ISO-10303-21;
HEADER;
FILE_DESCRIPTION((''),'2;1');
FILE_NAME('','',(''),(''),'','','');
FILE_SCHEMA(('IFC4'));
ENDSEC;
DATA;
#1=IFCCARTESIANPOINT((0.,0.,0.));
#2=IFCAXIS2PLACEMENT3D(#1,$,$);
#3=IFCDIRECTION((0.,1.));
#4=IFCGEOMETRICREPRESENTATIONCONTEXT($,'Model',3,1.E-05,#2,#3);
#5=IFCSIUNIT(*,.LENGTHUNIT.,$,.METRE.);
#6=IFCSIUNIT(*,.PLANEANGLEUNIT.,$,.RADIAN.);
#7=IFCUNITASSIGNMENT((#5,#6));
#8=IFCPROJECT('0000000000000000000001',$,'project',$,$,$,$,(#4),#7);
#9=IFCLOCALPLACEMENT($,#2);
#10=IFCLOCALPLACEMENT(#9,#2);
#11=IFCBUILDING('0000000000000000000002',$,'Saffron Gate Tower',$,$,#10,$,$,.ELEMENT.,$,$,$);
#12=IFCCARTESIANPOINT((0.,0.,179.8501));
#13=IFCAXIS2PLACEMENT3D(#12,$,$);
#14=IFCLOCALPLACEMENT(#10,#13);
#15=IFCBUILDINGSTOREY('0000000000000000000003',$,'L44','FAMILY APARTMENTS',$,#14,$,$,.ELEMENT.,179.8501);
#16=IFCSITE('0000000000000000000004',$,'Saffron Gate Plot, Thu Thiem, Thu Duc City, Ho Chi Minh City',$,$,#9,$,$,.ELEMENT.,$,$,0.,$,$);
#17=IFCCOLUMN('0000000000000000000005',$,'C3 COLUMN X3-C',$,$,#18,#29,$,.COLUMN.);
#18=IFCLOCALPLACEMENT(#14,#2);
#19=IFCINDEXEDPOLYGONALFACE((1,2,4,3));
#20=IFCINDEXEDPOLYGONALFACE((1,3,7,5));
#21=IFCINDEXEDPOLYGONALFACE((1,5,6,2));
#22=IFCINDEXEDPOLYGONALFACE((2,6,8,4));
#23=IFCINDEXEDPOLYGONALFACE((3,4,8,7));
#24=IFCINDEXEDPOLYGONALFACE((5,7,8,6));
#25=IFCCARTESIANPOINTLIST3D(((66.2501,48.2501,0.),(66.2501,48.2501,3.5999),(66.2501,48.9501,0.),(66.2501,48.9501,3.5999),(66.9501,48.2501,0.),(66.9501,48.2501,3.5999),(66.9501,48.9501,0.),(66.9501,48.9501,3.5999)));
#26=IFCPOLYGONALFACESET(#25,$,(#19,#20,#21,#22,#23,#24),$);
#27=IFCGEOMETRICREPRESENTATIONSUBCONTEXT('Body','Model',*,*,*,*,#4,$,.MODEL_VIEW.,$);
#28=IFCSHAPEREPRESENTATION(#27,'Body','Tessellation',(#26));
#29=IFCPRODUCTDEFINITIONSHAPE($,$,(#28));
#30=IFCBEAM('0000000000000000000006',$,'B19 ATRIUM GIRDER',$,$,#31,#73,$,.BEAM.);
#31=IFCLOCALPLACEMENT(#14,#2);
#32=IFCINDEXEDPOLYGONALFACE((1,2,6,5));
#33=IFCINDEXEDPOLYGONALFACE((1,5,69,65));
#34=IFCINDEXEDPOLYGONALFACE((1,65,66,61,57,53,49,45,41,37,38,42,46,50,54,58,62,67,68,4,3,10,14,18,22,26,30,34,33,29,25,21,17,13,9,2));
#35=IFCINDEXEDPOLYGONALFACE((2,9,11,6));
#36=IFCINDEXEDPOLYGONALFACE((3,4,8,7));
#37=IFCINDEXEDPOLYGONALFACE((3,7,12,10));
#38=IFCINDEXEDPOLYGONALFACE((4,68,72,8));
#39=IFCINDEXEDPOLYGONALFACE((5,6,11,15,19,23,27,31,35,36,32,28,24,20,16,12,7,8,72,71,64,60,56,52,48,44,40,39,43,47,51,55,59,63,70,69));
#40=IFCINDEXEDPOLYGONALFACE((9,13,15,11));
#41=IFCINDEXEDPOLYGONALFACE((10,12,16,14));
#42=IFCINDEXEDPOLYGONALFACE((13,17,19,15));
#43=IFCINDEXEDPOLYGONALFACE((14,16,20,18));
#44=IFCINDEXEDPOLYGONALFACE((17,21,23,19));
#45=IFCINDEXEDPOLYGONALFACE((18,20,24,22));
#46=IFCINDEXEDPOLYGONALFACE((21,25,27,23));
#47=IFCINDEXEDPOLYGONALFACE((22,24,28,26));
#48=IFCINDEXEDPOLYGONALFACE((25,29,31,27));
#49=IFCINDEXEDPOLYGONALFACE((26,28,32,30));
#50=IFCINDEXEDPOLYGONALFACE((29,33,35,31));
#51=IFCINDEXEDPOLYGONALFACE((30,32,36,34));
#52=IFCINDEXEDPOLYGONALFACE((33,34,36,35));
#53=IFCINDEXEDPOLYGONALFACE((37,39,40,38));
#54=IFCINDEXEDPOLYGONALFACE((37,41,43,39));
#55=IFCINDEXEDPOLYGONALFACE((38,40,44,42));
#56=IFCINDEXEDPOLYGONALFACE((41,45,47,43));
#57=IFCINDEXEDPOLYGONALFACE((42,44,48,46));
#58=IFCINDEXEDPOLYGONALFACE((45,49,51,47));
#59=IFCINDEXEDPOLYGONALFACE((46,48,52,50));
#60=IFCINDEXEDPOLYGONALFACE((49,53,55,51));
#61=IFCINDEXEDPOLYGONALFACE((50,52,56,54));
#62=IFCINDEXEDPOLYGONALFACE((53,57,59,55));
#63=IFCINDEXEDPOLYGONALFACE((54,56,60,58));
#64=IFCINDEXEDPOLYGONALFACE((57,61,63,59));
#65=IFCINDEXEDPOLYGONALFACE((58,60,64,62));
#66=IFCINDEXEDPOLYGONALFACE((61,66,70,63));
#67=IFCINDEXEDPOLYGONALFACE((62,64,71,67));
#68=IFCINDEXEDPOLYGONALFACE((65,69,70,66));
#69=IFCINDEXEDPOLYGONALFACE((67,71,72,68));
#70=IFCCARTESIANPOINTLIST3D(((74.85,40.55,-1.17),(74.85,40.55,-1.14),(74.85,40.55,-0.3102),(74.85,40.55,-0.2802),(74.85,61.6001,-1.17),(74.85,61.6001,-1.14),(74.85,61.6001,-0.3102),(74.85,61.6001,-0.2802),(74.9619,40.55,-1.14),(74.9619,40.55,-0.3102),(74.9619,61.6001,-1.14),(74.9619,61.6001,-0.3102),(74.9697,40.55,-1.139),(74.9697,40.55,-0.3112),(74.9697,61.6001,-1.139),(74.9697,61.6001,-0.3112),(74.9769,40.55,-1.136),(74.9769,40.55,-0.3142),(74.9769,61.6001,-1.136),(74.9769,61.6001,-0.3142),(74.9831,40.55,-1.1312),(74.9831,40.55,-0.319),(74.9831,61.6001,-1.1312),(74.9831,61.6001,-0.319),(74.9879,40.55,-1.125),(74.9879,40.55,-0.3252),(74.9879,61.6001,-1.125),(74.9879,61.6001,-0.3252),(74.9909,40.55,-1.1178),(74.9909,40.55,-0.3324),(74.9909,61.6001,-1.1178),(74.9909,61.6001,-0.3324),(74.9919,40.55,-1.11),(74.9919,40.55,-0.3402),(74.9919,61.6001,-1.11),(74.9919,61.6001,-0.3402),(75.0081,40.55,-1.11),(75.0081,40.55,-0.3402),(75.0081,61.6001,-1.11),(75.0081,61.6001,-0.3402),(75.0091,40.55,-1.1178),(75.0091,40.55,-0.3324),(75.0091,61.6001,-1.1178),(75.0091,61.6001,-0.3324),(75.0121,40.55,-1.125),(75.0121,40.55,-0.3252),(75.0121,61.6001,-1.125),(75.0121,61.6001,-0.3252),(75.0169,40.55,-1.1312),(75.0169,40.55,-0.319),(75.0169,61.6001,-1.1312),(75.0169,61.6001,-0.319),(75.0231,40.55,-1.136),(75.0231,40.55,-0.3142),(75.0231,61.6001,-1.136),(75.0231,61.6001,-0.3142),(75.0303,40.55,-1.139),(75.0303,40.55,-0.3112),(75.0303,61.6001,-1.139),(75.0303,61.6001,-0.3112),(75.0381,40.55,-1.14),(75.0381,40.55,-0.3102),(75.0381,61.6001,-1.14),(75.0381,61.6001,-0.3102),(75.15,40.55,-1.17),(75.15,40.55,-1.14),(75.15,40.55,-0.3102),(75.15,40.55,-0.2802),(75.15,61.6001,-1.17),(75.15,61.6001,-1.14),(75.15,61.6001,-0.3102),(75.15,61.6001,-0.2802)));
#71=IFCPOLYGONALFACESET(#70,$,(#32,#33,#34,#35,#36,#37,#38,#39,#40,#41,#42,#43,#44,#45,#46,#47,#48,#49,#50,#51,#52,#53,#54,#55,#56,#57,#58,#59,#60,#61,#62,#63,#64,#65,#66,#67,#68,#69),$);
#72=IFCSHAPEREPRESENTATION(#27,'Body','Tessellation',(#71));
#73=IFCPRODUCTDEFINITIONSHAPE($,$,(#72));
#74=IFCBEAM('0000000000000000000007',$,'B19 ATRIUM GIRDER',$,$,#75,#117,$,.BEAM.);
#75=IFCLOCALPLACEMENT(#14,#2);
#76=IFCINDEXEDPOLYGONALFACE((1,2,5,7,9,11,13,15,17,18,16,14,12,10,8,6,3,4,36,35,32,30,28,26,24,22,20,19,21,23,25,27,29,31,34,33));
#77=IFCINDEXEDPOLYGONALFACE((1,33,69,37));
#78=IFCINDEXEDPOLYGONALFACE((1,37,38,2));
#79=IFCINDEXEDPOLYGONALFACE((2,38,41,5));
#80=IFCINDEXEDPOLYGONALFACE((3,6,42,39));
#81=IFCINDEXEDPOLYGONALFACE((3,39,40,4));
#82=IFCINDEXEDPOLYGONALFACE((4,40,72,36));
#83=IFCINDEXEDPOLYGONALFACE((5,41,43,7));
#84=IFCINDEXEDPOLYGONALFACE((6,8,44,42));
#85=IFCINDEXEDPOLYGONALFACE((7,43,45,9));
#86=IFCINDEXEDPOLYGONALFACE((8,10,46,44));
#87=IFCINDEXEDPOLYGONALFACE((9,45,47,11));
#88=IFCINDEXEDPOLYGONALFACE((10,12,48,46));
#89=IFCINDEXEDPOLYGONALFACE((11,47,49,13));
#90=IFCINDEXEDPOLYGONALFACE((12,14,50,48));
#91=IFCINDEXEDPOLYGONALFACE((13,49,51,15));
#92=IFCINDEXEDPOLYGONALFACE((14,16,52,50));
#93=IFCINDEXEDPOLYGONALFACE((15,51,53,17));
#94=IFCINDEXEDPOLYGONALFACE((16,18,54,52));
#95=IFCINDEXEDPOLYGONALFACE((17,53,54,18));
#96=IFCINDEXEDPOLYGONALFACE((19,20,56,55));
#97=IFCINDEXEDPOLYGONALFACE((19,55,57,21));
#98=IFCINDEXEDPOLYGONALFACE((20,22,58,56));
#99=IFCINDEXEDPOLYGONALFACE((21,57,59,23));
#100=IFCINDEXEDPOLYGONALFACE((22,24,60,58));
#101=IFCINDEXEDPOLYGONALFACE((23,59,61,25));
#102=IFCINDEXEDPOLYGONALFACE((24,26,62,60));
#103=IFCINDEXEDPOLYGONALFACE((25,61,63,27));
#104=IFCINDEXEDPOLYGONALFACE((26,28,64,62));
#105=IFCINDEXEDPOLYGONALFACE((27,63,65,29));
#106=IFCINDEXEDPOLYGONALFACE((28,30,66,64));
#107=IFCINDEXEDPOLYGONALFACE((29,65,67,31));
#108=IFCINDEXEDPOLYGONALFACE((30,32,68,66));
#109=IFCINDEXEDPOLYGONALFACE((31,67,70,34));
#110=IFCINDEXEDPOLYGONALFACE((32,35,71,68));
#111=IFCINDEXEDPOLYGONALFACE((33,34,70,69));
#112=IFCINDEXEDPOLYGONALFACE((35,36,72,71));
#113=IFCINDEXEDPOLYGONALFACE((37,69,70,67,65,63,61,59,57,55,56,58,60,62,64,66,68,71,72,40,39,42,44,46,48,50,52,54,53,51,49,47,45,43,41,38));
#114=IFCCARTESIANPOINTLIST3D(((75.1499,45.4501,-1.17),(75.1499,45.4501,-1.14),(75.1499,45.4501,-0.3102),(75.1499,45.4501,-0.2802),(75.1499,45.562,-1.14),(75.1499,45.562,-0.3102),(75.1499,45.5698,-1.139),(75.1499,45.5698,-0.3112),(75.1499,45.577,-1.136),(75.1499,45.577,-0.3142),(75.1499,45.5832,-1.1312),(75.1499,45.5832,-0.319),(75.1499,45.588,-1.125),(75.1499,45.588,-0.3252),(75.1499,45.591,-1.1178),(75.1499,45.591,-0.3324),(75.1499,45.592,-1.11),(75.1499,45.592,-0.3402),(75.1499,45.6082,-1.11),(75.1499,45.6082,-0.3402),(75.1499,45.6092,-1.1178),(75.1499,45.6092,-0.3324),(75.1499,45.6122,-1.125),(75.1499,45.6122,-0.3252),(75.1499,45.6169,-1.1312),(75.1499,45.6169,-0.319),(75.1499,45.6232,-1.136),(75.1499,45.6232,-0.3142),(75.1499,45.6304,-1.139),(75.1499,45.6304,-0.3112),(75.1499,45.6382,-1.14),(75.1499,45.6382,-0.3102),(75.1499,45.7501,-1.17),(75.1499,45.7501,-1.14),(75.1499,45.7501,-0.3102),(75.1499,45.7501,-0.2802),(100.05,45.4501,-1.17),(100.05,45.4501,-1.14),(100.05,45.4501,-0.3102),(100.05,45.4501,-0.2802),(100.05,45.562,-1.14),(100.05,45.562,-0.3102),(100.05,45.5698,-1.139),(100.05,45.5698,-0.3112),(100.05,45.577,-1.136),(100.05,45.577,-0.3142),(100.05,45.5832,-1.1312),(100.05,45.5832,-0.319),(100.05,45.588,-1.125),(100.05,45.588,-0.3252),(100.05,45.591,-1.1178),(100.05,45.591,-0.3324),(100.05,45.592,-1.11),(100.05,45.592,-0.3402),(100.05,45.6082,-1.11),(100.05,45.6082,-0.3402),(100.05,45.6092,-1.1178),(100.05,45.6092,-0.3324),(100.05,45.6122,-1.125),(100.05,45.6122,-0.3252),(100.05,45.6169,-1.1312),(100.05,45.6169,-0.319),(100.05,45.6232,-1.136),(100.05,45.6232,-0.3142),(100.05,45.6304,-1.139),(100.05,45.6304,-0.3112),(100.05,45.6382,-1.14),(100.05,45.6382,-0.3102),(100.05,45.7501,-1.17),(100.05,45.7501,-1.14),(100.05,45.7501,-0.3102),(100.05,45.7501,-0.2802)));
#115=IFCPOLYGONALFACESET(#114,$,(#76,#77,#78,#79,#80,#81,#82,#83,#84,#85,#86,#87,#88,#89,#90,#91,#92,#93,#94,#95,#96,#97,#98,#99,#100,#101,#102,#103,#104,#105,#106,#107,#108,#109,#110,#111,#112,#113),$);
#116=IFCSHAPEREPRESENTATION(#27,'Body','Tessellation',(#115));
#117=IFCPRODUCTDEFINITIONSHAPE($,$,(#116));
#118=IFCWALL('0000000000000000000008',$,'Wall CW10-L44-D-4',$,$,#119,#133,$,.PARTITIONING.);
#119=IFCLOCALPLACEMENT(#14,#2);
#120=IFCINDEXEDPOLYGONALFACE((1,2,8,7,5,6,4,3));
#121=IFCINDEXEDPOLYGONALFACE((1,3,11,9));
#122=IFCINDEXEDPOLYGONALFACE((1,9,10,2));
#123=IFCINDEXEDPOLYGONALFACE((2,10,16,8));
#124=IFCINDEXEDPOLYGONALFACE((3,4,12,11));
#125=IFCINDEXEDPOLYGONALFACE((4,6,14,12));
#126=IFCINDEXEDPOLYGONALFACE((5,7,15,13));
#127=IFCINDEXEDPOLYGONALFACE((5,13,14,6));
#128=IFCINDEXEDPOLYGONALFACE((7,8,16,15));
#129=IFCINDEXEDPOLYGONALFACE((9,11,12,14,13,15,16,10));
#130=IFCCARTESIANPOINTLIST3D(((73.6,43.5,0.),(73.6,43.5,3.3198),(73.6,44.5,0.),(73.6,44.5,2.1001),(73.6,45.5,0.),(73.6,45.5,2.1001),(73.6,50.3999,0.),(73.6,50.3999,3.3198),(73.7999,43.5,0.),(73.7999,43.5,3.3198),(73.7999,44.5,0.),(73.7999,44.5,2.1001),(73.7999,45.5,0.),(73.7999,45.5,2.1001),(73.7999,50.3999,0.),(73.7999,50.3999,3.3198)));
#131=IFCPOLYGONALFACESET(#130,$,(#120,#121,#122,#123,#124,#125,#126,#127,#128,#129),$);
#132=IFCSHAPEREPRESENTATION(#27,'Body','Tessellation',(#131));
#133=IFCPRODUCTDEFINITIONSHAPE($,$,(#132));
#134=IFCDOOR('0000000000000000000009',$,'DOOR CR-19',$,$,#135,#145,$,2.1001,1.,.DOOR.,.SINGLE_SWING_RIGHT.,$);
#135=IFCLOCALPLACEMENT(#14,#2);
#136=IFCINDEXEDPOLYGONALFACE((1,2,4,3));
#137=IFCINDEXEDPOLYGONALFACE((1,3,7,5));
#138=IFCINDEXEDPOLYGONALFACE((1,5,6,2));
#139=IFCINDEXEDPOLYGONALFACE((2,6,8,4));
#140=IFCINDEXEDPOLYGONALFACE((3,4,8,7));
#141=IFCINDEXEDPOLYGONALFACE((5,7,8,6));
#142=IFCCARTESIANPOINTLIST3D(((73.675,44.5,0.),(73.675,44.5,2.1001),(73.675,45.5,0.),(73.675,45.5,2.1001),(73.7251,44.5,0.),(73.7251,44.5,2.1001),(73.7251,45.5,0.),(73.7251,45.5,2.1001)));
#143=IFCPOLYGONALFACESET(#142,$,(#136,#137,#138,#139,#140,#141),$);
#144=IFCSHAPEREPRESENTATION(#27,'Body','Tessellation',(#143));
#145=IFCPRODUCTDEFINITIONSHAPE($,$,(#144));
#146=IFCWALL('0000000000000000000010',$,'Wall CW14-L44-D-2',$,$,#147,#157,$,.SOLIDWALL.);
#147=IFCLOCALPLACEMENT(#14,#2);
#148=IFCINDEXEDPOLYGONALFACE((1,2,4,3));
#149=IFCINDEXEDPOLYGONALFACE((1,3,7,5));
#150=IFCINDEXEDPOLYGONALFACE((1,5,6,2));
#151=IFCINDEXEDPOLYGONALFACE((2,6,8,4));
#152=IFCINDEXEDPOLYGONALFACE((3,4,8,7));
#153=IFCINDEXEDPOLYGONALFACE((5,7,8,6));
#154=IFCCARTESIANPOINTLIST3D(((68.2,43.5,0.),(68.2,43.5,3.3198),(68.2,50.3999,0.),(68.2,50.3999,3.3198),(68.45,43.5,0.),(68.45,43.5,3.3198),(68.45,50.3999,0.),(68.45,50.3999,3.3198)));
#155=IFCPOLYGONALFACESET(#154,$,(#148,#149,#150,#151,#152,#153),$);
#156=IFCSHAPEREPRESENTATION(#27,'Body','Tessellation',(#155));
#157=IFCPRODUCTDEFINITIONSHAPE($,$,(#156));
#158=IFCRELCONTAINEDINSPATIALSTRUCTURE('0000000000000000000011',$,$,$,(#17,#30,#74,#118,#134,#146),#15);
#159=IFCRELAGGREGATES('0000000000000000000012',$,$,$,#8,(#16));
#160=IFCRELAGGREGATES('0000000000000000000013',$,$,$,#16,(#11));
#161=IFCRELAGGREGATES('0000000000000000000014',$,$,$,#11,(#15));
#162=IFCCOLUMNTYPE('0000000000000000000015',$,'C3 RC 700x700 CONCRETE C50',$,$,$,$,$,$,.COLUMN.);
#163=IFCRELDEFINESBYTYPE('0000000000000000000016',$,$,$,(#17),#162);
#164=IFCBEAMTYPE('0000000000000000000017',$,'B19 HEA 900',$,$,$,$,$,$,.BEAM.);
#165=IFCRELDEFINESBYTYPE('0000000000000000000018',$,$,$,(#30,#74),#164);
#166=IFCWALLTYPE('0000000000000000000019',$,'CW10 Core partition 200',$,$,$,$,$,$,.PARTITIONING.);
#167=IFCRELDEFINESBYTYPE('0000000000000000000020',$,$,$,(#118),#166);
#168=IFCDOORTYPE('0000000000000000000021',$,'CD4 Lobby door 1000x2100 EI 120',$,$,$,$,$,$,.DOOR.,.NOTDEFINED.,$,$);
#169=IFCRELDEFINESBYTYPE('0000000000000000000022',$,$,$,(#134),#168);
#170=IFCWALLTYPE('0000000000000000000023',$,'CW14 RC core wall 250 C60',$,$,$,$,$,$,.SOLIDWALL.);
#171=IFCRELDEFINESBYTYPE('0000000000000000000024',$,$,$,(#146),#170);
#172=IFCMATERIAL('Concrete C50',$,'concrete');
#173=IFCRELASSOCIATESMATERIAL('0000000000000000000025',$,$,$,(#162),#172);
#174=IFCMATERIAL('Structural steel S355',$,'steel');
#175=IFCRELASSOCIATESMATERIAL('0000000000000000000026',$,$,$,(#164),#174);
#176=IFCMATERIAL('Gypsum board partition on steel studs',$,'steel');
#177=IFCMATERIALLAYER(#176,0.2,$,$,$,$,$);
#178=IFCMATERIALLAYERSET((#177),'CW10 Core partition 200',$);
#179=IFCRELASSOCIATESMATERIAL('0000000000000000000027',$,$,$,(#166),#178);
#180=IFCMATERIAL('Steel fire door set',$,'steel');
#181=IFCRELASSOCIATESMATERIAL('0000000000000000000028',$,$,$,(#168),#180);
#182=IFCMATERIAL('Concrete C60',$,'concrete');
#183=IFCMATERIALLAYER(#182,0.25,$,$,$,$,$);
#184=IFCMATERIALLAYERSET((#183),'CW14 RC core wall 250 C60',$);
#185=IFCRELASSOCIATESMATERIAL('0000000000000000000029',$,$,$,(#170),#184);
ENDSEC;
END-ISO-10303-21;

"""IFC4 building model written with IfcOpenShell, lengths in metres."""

from ifc_helpers import new_model, si_unit, direction, frame, frame_2d, origin, origin_2d, place, context, subcontext, project, spatial, rectangle, i_section, extrude, material, layer, layer_set, material_profile, profile_set, type_object, element, fill, save


model = new_model("IFC4")

# Units and contexts
model_context = context("Model", 3, precision=1e-05, world=origin(), true_north=direction((0.0, 1.0)))
body_context = subcontext(model_context, "Body", "Model", "MODEL_VIEW")
ifc_project = project(units=[si_unit("LENGTHUNIT", "METRE"), si_unit("PLANEANGLEUNIT", "RADIAN")], contexts=[model_context])

# Site, building, storey
site_placement = place(None, origin())
site = spatial("IfcSite", under=ifc_project, at=site_placement, Name="Saffron Gate Plot, Thu Thiem, Thu Duc City, Ho Chi Minh City", CompositionType="ELEMENT", RefElevation=0.0)
building_placement = place(site_placement, origin())
building = spatial("IfcBuilding", under=site, at=building_placement, Name="Saffron Gate Tower", CompositionType="ELEMENT")
storey_placement = place(building_placement, frame((0.0, 0.0, 179.8501)))
storey = spatial("IfcBuildingStorey", under=building, at=storey_placement, Name="L44", Description="FAMILY APARTMENTS", CompositionType="ELEMENT", Elevation=179.8501)

# Column
ifc_material_1 = material(Name="Concrete C50", Category="concrete")
ifc_material_profile_1 = material_profile(ifc_material_1, rectangle(XDim=0.7, YDim=0.7, at=origin_2d()))
ifc_profile_set_1 = profile_set([ifc_material_profile_1], Name="Concrete C50")
column_type = type_object("IfcColumnType", Name="C3 RC 700x700 CONCRETE C50", PredefinedType="COLUMN", material=ifc_profile_set_1)
column_placement = place(storey_placement, frame((66.6001, 48.6001, 0.0), z_axis=(0.0, 0.0, 1.0), x_axis=(1.0, 0.0, 0.0)))
element("IfcColumn", 1, at=column_placement, inside=storey, type_object=column_type, Name="C3 COLUMN X3-C", PredefinedType="COLUMN", context=body_context, shape_type="SweptSolid", body=[
    extrude(rectangle(XDim=0.7, YDim=0.7, at=origin_2d()), origin(), (0.0, 0.0, 1.0), 3.5999),
])

# Beams
ifc_material_2 = material(Name="Structural steel S355", Category="steel")
ifc_material_profile_2 = material_profile(ifc_material_2, i_section(OverallWidth=0.3, OverallDepth=0.8899, WebThickness=0.0161, FlangeThickness=0.03, FilletRadius=0.03, at=origin_2d()))
ifc_profile_set_2 = profile_set([ifc_material_profile_2], Name="Structural steel S355")
beam_type = type_object("IfcBeamType", Name="B19 HEA 900", PredefinedType="BEAM", material=ifc_profile_set_2)
beam_1_placement = place(storey_placement, frame((75.0, 40.55, -0.7251), z_axis=(0.0, 1.0, 0.0), x_axis=(-1.0, 0.0, 0.0)))
element("IfcBeam", 2, at=beam_1_placement, inside=storey, type_object=beam_type, Name="B19 ATRIUM GIRDER", PredefinedType="BEAM", context=body_context, shape_type="SweptSolid", body=[
    extrude(i_section(OverallWidth=0.3, OverallDepth=0.8899, WebThickness=0.0161, FlangeThickness=0.03, FilletRadius=0.03, at=origin_2d()), origin(), (0.0, 0.0, 1.0), 21.05),
])
beam_2_placement = place(storey_placement, frame((75.1499, 45.6001, -0.7251), z_axis=(1.0, 0.0, 0.0), x_axis=(0.0, 1.0, 0.0)))
element("IfcBeam", 3, at=beam_2_placement, inside=storey, type_object=beam_type, Name="B19 ATRIUM GIRDER", PredefinedType="BEAM", context=body_context, shape_type="SweptSolid", body=[
    extrude(i_section(OverallWidth=0.3, OverallDepth=0.8899, WebThickness=0.0161, FlangeThickness=0.03, FilletRadius=0.03, at=origin_2d()), origin(), (0.0, 0.0, 1.0), 24.9001),
])

# Wall, opening, door
ifc_material_3 = material(Name="Gypsum board partition on steel studs", Category="steel")
ifc_layer_1 = layer(ifc_material_3, 0.2)
ifc_layer_set_1 = layer_set([ifc_layer_1], Name="CW10 Core partition 200")
wall_type_1 = type_object("IfcWallType", Name="CW10 Core partition 200", PredefinedType="PARTITIONING", material=ifc_layer_set_1)
wall_1_placement = place(storey_placement, frame((73.7, 43.5, 0.0), z_axis=(0.0, 0.0, 1.0), x_axis=(0.0, 1.0, 0.0)))
wall_1 = element("IfcWall", 4, at=wall_1_placement, inside=storey, type_object=wall_type_1, Name="Wall CW10-L44-D-4", PredefinedType="PARTITIONING", context=body_context, shape_type="SweptSolid", body=[
    extrude(rectangle(XDim=6.8999, YDim=0.2, at=frame_2d((3.45, 0.0))), origin(), (0.0, 0.0, 1.0), 3.3198),
])
opening_1_placement = place(wall_1_placement, frame((1.0, 0.0, 0.0)))
opening_1 = element("IfcOpeningElement", 5, at=opening_1_placement, cuts=wall_1, PredefinedType="OPENING", context=body_context, shape_type="SweptSolid", body=[
    extrude(rectangle(XDim=1.0, YDim=2.1001, at=frame_2d((0.5, 1.05))), frame((0.0, 0.1099, 0.0), z_axis=(0.0, -1.0, 0.0), x_axis=(1.0, 0.0, 0.0)), (0.0, 0.0, 1.0), 0.22),
])
ifc_material_4 = material(Name="Steel fire door set", Category="steel")
door_type_1 = type_object("IfcDoorType", Name="CD4 Lobby door 1000x2100 EI 120", OperationType="NOTDEFINED", PredefinedType="DOOR", material=ifc_material_4)
door_1_placement = place(opening_1_placement, origin())
door_1 = element("IfcDoor", 6, at=door_1_placement, inside=storey, type_object=door_type_1, Name="DOOR CR-19", OperationType="SINGLE_SWING_RIGHT", OverallHeight=2.1001, OverallWidth=1.0, PredefinedType="DOOR", context=body_context, shape_type="SweptSolid", body=[
    extrude(rectangle(XDim=1.0, YDim=2.1001, at=frame_2d((0.5, 1.05))), frame((0.0, 0.0249, 0.0), z_axis=(0.0, -1.0, 0.0), x_axis=(1.0, 0.0, 0.0)), (0.0, 0.0, 1.0), 0.05),
])
fill(opening_1, door_1)

# Wall
ifc_material_5 = material(Name="Concrete C60", Category="concrete")
ifc_layer_2 = layer(ifc_material_5, 0.25)
ifc_layer_set_2 = layer_set([ifc_layer_2], Name="CW14 RC core wall 250 C60")
wall_type_2 = type_object("IfcWallType", Name="CW14 RC core wall 250 C60", PredefinedType="SOLIDWALL", material=ifc_layer_set_2)
wall_2_placement = place(storey_placement, frame((68.325, 43.5, 0.0), z_axis=(0.0, 0.0, 1.0), x_axis=(0.0, 1.0, 0.0)))
element("IfcWall", 7, at=wall_2_placement, inside=storey, type_object=wall_type_2, Name="Wall CW14-L44-D-2", PredefinedType="SOLIDWALL", context=body_context, shape_type="SweptSolid", body=[
    extrude(rectangle(XDim=6.8999, YDim=0.25, at=frame_2d((3.45, 0.0))), origin(), (0.0, 0.0, 1.0), 3.3198),
])

save(model, "model.ifc")
